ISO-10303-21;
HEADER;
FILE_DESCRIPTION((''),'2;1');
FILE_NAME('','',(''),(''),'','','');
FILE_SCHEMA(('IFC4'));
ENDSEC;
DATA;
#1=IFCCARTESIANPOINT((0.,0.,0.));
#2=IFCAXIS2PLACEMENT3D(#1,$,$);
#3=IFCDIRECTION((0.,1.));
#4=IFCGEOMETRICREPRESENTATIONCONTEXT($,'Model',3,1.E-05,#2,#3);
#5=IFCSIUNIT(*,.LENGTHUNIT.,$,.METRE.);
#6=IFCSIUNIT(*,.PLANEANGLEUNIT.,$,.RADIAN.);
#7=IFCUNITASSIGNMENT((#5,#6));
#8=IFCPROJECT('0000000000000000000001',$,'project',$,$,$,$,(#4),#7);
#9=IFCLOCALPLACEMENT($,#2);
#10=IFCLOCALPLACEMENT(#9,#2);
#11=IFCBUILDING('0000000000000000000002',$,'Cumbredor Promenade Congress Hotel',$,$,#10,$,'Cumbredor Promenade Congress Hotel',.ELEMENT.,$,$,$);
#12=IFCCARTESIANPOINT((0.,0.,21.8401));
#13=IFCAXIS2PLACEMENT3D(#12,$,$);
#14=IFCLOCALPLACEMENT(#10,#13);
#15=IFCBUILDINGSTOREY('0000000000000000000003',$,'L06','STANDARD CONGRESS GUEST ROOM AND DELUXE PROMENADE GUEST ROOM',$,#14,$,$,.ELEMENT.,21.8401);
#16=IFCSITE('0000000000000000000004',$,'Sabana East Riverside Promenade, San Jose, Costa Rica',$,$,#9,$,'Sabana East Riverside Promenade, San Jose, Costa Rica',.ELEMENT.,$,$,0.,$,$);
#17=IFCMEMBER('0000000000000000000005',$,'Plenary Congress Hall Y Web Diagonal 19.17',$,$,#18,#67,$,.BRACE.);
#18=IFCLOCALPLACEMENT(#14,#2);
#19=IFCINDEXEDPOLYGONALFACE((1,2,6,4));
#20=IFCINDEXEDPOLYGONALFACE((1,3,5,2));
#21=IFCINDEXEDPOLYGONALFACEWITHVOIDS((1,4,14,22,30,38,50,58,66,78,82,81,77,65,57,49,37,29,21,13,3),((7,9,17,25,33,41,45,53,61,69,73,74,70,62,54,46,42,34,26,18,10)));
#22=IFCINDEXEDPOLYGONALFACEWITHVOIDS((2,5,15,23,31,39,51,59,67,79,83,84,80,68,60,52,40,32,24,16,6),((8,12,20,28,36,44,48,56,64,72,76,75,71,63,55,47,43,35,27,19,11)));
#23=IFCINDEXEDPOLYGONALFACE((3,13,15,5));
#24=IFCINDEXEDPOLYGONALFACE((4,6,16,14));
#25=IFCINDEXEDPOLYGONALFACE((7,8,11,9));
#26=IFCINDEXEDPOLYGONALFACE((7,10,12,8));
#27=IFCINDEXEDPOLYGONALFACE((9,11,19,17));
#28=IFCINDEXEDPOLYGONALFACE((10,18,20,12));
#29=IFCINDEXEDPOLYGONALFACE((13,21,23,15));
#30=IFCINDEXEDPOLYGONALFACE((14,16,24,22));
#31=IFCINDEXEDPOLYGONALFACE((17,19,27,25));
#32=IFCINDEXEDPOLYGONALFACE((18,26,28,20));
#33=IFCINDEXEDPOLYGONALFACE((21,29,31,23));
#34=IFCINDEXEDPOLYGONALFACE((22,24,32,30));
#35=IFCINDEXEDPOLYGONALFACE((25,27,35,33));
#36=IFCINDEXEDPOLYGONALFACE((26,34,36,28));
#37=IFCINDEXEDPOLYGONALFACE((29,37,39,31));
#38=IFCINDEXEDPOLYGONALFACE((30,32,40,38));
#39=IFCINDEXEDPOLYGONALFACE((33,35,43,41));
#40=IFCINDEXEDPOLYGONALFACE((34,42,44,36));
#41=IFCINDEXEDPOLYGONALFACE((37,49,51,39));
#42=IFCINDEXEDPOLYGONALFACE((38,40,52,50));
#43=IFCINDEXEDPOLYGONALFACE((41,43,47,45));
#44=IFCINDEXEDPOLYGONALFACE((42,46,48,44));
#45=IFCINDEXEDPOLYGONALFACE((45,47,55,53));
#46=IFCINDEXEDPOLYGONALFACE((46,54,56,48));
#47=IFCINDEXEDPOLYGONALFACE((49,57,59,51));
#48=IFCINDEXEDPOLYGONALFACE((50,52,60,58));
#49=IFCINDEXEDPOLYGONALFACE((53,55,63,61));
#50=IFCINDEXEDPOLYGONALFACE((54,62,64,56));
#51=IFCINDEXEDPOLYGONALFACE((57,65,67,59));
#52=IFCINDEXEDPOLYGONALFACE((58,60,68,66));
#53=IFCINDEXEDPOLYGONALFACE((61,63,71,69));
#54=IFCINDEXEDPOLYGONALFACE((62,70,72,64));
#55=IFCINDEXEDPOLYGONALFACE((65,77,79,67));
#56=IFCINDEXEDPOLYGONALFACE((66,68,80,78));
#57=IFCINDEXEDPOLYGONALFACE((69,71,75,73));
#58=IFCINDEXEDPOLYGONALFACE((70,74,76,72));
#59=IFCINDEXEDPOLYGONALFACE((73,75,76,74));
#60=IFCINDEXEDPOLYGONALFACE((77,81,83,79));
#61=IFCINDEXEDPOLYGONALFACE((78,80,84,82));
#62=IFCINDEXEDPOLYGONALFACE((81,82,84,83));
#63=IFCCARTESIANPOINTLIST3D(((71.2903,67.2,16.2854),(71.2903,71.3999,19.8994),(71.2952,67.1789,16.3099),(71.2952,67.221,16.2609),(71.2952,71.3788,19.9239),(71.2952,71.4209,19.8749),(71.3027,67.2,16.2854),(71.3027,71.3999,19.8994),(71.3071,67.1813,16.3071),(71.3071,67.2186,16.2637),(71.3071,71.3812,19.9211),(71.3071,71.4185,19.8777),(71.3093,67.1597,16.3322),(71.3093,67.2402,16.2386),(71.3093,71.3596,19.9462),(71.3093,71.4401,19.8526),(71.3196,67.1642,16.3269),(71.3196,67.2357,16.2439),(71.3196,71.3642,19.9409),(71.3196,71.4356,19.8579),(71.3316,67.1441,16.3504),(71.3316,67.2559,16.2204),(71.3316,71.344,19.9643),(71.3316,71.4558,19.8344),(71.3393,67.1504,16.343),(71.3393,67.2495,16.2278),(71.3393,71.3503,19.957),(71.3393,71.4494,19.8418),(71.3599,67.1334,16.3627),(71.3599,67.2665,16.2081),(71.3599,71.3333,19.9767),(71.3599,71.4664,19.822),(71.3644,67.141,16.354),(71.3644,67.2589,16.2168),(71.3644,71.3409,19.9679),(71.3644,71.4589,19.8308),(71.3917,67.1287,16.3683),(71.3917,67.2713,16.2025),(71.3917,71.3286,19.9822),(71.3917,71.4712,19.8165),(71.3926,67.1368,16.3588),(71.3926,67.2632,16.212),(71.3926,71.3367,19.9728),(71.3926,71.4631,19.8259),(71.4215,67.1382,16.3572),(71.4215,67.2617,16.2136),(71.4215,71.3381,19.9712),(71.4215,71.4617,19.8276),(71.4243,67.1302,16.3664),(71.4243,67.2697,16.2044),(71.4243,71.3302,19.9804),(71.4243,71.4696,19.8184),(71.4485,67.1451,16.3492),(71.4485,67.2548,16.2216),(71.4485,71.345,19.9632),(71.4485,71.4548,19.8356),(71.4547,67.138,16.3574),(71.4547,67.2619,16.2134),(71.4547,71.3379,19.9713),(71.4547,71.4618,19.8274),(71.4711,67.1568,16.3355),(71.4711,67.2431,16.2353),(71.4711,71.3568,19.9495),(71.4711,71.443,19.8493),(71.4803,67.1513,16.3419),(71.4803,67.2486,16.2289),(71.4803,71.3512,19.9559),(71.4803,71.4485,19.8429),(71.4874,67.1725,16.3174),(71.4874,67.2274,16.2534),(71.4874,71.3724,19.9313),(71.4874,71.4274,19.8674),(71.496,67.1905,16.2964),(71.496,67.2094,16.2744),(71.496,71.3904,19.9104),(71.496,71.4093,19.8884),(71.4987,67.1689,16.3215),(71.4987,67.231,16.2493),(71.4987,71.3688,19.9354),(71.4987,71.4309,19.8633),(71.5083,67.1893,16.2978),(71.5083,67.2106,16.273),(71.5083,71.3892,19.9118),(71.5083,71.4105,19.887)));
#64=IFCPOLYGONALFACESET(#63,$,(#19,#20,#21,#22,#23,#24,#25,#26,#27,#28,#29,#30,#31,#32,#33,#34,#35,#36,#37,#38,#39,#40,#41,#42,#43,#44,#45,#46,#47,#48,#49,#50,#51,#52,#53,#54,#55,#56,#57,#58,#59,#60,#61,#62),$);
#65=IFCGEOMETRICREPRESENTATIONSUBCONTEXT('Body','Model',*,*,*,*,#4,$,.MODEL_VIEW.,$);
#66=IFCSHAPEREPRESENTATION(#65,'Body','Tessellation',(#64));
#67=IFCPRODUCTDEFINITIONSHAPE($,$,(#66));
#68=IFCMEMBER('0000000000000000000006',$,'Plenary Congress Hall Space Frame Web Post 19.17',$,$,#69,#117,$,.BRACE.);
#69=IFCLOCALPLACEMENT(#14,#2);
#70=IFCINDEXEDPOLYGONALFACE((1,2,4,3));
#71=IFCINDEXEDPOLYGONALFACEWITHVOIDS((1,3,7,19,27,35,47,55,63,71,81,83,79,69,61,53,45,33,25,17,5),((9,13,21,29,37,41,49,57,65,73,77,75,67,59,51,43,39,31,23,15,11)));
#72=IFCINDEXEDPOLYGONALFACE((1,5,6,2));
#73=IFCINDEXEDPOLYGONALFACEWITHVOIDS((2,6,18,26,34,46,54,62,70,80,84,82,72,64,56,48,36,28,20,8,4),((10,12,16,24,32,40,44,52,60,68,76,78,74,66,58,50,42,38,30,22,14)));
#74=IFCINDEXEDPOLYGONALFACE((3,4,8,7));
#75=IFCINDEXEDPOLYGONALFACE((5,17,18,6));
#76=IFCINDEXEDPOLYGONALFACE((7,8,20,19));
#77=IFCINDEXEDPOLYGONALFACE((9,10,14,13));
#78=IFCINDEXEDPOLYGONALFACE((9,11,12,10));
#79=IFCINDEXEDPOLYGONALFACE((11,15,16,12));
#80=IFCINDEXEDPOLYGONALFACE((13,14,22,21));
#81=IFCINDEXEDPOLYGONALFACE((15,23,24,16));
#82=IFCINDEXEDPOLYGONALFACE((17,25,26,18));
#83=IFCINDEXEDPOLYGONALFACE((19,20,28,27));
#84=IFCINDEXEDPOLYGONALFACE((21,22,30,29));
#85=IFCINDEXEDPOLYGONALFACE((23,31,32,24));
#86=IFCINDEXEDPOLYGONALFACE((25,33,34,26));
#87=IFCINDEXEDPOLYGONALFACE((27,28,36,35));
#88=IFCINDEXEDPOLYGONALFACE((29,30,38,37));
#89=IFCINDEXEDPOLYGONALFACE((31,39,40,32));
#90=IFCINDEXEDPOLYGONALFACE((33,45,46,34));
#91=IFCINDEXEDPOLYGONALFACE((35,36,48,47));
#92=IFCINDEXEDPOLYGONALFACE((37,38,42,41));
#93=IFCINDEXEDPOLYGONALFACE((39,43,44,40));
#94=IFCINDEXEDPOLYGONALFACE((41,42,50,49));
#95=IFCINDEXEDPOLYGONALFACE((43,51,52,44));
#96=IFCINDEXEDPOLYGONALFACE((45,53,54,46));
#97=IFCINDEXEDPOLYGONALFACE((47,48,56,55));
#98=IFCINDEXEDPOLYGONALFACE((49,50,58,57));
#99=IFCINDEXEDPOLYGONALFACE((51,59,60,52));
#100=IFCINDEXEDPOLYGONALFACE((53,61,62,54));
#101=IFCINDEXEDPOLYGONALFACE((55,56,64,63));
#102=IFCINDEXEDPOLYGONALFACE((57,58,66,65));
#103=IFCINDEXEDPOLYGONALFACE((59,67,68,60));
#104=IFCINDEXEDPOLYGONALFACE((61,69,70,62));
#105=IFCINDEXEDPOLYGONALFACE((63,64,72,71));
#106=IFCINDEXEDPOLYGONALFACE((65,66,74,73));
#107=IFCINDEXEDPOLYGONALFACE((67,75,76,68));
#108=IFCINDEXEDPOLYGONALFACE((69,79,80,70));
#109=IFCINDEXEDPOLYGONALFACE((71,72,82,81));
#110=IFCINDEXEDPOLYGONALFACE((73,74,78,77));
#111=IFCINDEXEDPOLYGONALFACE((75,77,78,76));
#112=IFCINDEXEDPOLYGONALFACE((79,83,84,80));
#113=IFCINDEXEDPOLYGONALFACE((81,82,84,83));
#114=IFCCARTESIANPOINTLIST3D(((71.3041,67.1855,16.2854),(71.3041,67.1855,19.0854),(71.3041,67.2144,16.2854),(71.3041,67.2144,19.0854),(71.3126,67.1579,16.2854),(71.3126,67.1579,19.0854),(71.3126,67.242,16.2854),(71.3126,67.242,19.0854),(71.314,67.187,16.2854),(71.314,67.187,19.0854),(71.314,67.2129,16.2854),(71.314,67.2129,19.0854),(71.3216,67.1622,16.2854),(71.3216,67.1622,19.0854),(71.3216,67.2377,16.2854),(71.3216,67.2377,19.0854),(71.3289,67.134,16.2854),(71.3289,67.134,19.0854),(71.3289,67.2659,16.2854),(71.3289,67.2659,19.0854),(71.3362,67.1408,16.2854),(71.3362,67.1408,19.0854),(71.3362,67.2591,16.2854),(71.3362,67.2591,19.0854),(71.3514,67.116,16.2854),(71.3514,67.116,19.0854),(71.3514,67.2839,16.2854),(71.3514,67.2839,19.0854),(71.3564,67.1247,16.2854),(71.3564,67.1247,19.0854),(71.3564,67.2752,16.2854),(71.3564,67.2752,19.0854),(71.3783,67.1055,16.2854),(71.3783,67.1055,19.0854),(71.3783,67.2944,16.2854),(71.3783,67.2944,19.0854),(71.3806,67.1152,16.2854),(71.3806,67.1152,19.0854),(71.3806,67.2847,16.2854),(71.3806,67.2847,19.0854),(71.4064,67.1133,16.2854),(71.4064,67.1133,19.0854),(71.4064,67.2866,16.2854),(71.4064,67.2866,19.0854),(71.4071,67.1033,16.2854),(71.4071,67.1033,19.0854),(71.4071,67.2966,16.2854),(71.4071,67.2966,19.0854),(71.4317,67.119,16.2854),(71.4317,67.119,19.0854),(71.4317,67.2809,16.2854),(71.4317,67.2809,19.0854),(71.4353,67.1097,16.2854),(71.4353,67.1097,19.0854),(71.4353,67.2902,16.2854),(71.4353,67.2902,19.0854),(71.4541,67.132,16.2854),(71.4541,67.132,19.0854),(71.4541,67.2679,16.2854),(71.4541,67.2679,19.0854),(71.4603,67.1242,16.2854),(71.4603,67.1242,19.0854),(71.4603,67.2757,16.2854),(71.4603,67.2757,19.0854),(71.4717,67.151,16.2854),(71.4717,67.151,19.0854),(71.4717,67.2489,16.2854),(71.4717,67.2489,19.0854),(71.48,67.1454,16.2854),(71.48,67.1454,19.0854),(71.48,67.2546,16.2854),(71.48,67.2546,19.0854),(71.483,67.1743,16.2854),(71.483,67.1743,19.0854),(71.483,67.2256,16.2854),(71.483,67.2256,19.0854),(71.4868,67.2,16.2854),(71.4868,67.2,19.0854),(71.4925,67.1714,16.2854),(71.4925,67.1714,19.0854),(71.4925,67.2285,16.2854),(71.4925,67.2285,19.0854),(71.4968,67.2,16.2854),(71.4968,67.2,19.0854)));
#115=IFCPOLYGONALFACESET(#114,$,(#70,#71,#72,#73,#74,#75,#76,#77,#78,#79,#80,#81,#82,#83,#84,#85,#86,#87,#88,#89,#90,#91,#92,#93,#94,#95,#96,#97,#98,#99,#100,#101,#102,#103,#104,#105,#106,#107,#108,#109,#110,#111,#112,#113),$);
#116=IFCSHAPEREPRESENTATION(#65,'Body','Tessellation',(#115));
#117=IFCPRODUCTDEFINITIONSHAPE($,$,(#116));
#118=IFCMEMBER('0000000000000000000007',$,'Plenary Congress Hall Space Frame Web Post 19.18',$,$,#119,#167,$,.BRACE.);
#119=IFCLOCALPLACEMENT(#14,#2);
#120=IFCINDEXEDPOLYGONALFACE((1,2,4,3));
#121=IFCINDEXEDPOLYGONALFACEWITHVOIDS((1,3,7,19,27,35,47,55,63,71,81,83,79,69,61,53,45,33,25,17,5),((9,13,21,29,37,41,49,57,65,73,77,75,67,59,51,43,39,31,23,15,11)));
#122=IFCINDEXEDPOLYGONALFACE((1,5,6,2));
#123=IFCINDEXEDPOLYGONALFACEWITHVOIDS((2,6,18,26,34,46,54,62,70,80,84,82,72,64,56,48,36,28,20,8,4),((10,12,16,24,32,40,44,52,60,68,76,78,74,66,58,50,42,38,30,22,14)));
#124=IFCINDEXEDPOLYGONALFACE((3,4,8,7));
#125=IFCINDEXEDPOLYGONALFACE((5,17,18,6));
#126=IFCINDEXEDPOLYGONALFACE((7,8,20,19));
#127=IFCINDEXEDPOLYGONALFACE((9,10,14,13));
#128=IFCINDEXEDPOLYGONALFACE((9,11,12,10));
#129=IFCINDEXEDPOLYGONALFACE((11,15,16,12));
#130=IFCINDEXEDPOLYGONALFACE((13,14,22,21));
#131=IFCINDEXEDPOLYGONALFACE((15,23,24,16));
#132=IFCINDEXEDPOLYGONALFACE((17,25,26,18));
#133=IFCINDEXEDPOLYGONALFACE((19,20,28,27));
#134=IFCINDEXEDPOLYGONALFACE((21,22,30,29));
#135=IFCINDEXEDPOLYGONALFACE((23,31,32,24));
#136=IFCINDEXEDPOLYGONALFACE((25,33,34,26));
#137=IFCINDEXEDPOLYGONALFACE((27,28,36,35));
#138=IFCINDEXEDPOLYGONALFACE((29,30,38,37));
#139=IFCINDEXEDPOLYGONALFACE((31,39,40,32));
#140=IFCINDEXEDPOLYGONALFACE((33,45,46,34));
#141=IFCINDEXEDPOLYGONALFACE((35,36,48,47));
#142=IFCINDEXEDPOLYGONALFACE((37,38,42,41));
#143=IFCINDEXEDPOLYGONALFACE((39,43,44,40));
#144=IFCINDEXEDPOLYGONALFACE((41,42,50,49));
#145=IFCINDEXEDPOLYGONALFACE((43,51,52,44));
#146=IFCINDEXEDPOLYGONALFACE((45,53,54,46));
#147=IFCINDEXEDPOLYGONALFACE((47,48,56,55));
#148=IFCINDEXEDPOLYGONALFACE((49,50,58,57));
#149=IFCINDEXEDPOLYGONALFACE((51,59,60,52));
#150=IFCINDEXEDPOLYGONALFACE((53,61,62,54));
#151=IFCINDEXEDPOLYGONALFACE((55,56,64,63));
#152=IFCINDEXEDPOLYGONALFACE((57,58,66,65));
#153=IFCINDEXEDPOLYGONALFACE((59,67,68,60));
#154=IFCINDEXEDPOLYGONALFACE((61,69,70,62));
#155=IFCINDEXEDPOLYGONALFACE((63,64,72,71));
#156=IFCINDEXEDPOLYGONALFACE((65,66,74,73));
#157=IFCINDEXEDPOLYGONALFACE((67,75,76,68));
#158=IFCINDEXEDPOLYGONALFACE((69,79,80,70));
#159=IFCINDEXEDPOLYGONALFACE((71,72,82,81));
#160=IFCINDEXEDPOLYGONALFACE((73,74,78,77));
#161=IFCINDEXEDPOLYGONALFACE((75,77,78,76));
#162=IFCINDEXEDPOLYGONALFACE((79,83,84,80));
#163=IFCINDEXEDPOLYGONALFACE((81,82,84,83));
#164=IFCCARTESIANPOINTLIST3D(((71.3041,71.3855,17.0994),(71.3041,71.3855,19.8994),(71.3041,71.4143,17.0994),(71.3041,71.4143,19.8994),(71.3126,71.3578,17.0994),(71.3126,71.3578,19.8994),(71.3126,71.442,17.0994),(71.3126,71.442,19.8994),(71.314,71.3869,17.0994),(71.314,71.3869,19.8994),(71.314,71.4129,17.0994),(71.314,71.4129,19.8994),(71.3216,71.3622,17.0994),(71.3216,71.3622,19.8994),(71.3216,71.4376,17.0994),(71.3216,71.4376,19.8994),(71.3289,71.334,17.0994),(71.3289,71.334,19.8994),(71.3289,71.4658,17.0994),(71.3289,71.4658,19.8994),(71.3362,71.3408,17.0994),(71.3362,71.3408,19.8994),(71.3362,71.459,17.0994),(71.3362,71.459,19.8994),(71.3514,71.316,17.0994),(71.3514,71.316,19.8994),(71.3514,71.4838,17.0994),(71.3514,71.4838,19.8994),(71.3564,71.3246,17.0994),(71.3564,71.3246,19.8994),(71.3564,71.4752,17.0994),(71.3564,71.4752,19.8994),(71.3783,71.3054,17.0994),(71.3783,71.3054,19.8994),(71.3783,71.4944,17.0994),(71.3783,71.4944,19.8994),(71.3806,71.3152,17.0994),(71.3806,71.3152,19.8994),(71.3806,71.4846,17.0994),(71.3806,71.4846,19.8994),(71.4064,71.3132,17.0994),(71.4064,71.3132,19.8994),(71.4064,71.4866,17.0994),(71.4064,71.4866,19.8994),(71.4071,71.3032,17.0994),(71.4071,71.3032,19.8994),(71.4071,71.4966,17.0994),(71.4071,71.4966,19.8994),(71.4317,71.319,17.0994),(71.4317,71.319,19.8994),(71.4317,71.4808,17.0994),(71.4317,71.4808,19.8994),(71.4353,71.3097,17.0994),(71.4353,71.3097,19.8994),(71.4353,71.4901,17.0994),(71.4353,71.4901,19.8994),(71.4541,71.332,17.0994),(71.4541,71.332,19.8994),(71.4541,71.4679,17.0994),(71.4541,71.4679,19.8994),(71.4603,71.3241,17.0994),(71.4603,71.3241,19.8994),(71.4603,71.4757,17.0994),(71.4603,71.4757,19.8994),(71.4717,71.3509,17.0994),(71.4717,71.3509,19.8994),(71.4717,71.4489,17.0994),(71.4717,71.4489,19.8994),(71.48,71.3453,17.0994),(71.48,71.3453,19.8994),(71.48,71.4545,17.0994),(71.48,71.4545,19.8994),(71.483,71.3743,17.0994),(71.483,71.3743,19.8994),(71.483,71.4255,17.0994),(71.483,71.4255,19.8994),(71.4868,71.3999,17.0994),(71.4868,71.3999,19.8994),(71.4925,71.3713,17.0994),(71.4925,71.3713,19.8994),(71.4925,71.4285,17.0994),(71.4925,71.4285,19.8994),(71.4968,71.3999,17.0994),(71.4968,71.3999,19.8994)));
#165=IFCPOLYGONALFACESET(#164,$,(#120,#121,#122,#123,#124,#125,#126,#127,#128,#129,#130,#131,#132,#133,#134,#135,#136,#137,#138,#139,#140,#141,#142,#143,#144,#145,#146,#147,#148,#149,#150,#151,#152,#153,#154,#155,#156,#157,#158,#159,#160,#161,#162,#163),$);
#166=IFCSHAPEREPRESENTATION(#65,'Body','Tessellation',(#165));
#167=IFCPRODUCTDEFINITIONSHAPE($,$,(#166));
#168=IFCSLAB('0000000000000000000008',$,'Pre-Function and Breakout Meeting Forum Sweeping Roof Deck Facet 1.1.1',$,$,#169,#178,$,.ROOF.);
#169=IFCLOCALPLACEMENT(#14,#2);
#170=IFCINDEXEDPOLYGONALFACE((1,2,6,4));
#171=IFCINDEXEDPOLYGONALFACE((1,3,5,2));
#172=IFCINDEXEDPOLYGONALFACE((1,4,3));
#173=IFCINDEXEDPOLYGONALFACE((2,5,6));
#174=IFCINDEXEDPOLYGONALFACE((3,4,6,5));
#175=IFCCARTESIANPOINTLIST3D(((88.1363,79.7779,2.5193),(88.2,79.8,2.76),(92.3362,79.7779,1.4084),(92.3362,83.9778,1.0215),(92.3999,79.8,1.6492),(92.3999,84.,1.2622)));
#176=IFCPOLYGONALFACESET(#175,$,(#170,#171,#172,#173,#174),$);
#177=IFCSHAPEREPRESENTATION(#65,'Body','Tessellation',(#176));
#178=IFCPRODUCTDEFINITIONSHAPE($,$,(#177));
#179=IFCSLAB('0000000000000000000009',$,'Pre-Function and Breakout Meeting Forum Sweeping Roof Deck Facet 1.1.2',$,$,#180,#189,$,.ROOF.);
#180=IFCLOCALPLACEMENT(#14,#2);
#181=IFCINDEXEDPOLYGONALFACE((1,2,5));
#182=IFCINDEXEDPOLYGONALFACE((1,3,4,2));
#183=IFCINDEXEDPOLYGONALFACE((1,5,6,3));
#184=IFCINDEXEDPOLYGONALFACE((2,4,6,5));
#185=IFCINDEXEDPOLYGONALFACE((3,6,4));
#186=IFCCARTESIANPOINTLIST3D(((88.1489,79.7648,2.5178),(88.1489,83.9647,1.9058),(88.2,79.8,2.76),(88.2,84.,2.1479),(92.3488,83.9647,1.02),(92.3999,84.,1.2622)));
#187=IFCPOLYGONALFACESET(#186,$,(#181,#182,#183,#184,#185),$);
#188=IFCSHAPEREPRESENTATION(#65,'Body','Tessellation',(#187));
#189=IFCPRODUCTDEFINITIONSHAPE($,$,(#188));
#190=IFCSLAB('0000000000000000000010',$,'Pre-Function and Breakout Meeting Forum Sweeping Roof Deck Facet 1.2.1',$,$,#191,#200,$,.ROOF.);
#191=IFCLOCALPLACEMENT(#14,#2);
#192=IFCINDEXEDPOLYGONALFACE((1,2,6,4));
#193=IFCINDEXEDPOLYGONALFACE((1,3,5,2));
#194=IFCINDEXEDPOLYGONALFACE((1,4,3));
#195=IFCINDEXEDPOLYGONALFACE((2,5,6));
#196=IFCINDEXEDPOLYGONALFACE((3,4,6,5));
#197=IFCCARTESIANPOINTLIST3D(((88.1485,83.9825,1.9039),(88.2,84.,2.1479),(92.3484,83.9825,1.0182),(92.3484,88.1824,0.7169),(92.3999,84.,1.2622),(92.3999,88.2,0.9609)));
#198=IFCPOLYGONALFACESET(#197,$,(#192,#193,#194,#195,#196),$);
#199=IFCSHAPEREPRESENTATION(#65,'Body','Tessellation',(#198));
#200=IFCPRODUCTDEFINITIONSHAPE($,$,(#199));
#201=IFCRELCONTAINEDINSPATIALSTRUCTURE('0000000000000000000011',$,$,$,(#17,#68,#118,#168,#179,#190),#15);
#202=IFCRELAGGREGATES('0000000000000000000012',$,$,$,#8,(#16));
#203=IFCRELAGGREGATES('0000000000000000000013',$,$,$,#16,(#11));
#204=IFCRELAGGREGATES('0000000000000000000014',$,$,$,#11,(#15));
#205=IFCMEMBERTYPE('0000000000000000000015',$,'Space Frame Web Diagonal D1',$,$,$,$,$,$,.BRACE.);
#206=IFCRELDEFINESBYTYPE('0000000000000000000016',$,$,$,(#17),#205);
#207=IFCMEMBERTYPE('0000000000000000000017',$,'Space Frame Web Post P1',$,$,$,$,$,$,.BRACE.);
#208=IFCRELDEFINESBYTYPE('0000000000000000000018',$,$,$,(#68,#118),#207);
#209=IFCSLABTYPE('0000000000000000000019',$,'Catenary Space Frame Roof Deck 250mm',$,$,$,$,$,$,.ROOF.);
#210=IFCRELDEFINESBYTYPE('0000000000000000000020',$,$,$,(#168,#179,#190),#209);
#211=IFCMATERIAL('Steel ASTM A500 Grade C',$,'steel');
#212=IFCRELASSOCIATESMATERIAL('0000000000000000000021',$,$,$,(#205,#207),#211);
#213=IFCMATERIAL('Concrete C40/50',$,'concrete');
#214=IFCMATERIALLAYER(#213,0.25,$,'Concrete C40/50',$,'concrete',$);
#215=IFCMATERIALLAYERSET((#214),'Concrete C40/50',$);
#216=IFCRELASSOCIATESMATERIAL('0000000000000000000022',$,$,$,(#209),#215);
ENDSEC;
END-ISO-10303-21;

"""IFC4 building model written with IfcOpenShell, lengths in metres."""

from ifc_helpers import new_model, si_unit, direction, frame, origin, origin_2d, place, context, subcontext, project, spatial, polyline, hollow_circle, outline, extrude, material, layer, layer_set, material_profile, profile_set, type_object, element, save


model = new_model("IFC4")

# Units and contexts
model_context = context("Model", 3, precision=1e-05, world=origin(), true_north=direction((0.0, 1.0)))
body_context = subcontext(model_context, "Body", "Model", "MODEL_VIEW")
ifc_project = project(units=[si_unit("LENGTHUNIT", "METRE"), si_unit("PLANEANGLEUNIT", "RADIAN")], contexts=[model_context])

# Site, building, storey
site_placement = place(None, origin())
site = spatial("IfcSite", under=ifc_project, at=site_placement, Name="Sabana East Riverside Promenade, San Jose, Costa Rica", LongName="Sabana East Riverside Promenade, San Jose, Costa Rica", CompositionType="ELEMENT", RefElevation=0.0)
building_placement = place(site_placement, origin())
building = spatial("IfcBuilding", under=site, at=building_placement, Name="Cumbredor Promenade Congress Hotel", LongName="Cumbredor Promenade Congress Hotel", CompositionType="ELEMENT")
storey_placement = place(building_placement, frame((0.0, 0.0, 21.8401)))
storey = spatial("IfcBuildingStorey", under=building, at=storey_placement, Name="L06", Description="STANDARD CONGRESS GUEST ROOM AND DELUXE PROMENADE GUEST ROOM", CompositionType="ELEMENT", Elevation=21.8401)

# Members
ifc_material_1 = material(Name="Steel ASTM A500 Grade C", Category="steel")
ifc_material_profile_1 = material_profile(ifc_material_1, hollow_circle(Radius=0.1096, WallThickness=0.0125, at=origin_2d()), Name="CHS 219.1x12.5")
ifc_profile_set_1 = profile_set([ifc_material_profile_1], Name="Steel ASTM A500 Grade C")
member_type_1 = type_object("IfcMemberType", Name="Space Frame Web Diagonal D1", PredefinedType="BRACE", material=ifc_profile_set_1)
member_1_placement = place(storey_placement, frame((71.3999, 67.2, 16.2854), z_axis=(0.0, 0.758002, 0.652253), x_axis=(-1.0, 0.0, 0.0)))
element("IfcMember", 1, at=member_1_placement, inside=storey, type_object=member_type_1, Name="Plenary Congress Hall Y Web Diagonal 19.17", PredefinedType="BRACE", context=body_context, shape_type="SweptSolid", body=[
    extrude(hollow_circle(Radius=0.1096, WallThickness=0.0125, at=origin_2d()), origin(), (0.0, 0.0, 1.0), 5.5408),
])
ifc_material_profile_2 = material_profile(ifc_material_1, hollow_circle(Radius=0.0969, WallThickness=0.01, at=origin_2d()), Name="CHS 193.7x10")
ifc_profile_set_2 = profile_set([ifc_material_profile_2], Name="Steel ASTM A500 Grade C")
member_type_2 = type_object("IfcMemberType", Name="Space Frame Web Post P1", PredefinedType="BRACE", material=ifc_profile_set_2)
for number, where, z_axis, x_axis, name in (
    (2, (71.3999, 67.2, 16.2854), (0.0, 0.0, 1.0), (1.0, 0.0, 0.0), "Plenary Congress Hall Space Frame Web Post 19.17"),
    (3, (71.3999, 71.3999, 17.0994), (0.0, 0.0, 1.0), (1.0, 0.0, 0.0), "Plenary Congress Hall Space Frame Web Post 19.18"),
):
    element("IfcMember", number, at=place(storey_placement, frame(where, z_axis=z_axis, x_axis=x_axis)), inside=storey, type_object=member_type_2, Name=name, PredefinedType="BRACE", context=body_context, shape_type="SweptSolid", body=[
        extrude(hollow_circle(Radius=0.0969, WallThickness=0.01, at=origin_2d()), origin(), (0.0, 0.0, 1.0), 2.8),
    ])

# Slabs
ifc_material_2 = material(Name="Concrete C40/50", Category="concrete")
ifc_layer_1 = layer(ifc_material_2, 0.25, Name="Concrete C40/50", Category="concrete")
ifc_layer_set_1 = layer_set([ifc_layer_1], Name="Concrete C40/50")
slab_type = type_object("IfcSlabType", Name="Catenary Space Frame Roof Deck 250mm", PredefinedType="ROOF", material=ifc_layer_set_1)
slab_1_placement = place(storey_placement, frame((88.2, 79.8, 2.76), z_axis=(0.254688, 0.088721, 0.962945), x_axis=(0.966757, 0.0, -0.255696)))
element("IfcSlab", 4, at=slab_1_placement, inside=storey, type_object=slab_type, Name="Pre-Function and Breakout Meeting Forum Sweeping Roof Deck Facet 1.1.1", PredefinedType="ROOF", context=body_context, shape_type="SweptSolid", body=[
    extrude(outline(polyline([(0.0, 0.0), (4.3444, 0.0), (4.4433, 4.2166), (0.0, 0.0)])), origin(), (0.0, 0.0, -1.0), 0.25),
])
slab_2_placement = place(storey_placement, frame((88.2, 79.8, 2.76), z_axis=(0.204288, 0.141166, 0.968679), x_axis=(0.685643, 0.685643, -0.244517)))
element("IfcSlab", 5, at=slab_2_placement, inside=storey, type_object=slab_type, Name="Pre-Function and Breakout Meeting Forum Sweeping Roof Deck Facet 1.1.2", PredefinedType="ROOF", context=body_context, shape_type="SweptSolid", body=[
    extrude(outline(polyline([(0.0, 0.0), (6.1256, 0.0), (3.0293, 2.9728), (0.0, 0.0)])), origin(), (0.0, 0.0, -1.0), 0.25),
])
slab_3_placement = place(storey_placement, frame((88.2, 84.0, 2.1479), z_axis=(0.205848, 0.070016, 0.976076), x_axis=(0.978477, 0.0, -0.206354)))
element("IfcSlab", 6, at=slab_3_placement, inside=storey, type_object=slab_type, Name="Pre-Function and Breakout Meeting Forum Sweeping Roof Deck Facet 1.2.1", PredefinedType="ROOF", context=body_context, shape_type="SweptSolid", body=[
    extrude(outline(polyline([(0.0, 0.0), (4.2923, 0.0), (4.3545, 4.2103), (0.0, 0.0)])), origin(), (0.0, 0.0, -1.0), 0.25),
])

save(model, "model.ifc")
